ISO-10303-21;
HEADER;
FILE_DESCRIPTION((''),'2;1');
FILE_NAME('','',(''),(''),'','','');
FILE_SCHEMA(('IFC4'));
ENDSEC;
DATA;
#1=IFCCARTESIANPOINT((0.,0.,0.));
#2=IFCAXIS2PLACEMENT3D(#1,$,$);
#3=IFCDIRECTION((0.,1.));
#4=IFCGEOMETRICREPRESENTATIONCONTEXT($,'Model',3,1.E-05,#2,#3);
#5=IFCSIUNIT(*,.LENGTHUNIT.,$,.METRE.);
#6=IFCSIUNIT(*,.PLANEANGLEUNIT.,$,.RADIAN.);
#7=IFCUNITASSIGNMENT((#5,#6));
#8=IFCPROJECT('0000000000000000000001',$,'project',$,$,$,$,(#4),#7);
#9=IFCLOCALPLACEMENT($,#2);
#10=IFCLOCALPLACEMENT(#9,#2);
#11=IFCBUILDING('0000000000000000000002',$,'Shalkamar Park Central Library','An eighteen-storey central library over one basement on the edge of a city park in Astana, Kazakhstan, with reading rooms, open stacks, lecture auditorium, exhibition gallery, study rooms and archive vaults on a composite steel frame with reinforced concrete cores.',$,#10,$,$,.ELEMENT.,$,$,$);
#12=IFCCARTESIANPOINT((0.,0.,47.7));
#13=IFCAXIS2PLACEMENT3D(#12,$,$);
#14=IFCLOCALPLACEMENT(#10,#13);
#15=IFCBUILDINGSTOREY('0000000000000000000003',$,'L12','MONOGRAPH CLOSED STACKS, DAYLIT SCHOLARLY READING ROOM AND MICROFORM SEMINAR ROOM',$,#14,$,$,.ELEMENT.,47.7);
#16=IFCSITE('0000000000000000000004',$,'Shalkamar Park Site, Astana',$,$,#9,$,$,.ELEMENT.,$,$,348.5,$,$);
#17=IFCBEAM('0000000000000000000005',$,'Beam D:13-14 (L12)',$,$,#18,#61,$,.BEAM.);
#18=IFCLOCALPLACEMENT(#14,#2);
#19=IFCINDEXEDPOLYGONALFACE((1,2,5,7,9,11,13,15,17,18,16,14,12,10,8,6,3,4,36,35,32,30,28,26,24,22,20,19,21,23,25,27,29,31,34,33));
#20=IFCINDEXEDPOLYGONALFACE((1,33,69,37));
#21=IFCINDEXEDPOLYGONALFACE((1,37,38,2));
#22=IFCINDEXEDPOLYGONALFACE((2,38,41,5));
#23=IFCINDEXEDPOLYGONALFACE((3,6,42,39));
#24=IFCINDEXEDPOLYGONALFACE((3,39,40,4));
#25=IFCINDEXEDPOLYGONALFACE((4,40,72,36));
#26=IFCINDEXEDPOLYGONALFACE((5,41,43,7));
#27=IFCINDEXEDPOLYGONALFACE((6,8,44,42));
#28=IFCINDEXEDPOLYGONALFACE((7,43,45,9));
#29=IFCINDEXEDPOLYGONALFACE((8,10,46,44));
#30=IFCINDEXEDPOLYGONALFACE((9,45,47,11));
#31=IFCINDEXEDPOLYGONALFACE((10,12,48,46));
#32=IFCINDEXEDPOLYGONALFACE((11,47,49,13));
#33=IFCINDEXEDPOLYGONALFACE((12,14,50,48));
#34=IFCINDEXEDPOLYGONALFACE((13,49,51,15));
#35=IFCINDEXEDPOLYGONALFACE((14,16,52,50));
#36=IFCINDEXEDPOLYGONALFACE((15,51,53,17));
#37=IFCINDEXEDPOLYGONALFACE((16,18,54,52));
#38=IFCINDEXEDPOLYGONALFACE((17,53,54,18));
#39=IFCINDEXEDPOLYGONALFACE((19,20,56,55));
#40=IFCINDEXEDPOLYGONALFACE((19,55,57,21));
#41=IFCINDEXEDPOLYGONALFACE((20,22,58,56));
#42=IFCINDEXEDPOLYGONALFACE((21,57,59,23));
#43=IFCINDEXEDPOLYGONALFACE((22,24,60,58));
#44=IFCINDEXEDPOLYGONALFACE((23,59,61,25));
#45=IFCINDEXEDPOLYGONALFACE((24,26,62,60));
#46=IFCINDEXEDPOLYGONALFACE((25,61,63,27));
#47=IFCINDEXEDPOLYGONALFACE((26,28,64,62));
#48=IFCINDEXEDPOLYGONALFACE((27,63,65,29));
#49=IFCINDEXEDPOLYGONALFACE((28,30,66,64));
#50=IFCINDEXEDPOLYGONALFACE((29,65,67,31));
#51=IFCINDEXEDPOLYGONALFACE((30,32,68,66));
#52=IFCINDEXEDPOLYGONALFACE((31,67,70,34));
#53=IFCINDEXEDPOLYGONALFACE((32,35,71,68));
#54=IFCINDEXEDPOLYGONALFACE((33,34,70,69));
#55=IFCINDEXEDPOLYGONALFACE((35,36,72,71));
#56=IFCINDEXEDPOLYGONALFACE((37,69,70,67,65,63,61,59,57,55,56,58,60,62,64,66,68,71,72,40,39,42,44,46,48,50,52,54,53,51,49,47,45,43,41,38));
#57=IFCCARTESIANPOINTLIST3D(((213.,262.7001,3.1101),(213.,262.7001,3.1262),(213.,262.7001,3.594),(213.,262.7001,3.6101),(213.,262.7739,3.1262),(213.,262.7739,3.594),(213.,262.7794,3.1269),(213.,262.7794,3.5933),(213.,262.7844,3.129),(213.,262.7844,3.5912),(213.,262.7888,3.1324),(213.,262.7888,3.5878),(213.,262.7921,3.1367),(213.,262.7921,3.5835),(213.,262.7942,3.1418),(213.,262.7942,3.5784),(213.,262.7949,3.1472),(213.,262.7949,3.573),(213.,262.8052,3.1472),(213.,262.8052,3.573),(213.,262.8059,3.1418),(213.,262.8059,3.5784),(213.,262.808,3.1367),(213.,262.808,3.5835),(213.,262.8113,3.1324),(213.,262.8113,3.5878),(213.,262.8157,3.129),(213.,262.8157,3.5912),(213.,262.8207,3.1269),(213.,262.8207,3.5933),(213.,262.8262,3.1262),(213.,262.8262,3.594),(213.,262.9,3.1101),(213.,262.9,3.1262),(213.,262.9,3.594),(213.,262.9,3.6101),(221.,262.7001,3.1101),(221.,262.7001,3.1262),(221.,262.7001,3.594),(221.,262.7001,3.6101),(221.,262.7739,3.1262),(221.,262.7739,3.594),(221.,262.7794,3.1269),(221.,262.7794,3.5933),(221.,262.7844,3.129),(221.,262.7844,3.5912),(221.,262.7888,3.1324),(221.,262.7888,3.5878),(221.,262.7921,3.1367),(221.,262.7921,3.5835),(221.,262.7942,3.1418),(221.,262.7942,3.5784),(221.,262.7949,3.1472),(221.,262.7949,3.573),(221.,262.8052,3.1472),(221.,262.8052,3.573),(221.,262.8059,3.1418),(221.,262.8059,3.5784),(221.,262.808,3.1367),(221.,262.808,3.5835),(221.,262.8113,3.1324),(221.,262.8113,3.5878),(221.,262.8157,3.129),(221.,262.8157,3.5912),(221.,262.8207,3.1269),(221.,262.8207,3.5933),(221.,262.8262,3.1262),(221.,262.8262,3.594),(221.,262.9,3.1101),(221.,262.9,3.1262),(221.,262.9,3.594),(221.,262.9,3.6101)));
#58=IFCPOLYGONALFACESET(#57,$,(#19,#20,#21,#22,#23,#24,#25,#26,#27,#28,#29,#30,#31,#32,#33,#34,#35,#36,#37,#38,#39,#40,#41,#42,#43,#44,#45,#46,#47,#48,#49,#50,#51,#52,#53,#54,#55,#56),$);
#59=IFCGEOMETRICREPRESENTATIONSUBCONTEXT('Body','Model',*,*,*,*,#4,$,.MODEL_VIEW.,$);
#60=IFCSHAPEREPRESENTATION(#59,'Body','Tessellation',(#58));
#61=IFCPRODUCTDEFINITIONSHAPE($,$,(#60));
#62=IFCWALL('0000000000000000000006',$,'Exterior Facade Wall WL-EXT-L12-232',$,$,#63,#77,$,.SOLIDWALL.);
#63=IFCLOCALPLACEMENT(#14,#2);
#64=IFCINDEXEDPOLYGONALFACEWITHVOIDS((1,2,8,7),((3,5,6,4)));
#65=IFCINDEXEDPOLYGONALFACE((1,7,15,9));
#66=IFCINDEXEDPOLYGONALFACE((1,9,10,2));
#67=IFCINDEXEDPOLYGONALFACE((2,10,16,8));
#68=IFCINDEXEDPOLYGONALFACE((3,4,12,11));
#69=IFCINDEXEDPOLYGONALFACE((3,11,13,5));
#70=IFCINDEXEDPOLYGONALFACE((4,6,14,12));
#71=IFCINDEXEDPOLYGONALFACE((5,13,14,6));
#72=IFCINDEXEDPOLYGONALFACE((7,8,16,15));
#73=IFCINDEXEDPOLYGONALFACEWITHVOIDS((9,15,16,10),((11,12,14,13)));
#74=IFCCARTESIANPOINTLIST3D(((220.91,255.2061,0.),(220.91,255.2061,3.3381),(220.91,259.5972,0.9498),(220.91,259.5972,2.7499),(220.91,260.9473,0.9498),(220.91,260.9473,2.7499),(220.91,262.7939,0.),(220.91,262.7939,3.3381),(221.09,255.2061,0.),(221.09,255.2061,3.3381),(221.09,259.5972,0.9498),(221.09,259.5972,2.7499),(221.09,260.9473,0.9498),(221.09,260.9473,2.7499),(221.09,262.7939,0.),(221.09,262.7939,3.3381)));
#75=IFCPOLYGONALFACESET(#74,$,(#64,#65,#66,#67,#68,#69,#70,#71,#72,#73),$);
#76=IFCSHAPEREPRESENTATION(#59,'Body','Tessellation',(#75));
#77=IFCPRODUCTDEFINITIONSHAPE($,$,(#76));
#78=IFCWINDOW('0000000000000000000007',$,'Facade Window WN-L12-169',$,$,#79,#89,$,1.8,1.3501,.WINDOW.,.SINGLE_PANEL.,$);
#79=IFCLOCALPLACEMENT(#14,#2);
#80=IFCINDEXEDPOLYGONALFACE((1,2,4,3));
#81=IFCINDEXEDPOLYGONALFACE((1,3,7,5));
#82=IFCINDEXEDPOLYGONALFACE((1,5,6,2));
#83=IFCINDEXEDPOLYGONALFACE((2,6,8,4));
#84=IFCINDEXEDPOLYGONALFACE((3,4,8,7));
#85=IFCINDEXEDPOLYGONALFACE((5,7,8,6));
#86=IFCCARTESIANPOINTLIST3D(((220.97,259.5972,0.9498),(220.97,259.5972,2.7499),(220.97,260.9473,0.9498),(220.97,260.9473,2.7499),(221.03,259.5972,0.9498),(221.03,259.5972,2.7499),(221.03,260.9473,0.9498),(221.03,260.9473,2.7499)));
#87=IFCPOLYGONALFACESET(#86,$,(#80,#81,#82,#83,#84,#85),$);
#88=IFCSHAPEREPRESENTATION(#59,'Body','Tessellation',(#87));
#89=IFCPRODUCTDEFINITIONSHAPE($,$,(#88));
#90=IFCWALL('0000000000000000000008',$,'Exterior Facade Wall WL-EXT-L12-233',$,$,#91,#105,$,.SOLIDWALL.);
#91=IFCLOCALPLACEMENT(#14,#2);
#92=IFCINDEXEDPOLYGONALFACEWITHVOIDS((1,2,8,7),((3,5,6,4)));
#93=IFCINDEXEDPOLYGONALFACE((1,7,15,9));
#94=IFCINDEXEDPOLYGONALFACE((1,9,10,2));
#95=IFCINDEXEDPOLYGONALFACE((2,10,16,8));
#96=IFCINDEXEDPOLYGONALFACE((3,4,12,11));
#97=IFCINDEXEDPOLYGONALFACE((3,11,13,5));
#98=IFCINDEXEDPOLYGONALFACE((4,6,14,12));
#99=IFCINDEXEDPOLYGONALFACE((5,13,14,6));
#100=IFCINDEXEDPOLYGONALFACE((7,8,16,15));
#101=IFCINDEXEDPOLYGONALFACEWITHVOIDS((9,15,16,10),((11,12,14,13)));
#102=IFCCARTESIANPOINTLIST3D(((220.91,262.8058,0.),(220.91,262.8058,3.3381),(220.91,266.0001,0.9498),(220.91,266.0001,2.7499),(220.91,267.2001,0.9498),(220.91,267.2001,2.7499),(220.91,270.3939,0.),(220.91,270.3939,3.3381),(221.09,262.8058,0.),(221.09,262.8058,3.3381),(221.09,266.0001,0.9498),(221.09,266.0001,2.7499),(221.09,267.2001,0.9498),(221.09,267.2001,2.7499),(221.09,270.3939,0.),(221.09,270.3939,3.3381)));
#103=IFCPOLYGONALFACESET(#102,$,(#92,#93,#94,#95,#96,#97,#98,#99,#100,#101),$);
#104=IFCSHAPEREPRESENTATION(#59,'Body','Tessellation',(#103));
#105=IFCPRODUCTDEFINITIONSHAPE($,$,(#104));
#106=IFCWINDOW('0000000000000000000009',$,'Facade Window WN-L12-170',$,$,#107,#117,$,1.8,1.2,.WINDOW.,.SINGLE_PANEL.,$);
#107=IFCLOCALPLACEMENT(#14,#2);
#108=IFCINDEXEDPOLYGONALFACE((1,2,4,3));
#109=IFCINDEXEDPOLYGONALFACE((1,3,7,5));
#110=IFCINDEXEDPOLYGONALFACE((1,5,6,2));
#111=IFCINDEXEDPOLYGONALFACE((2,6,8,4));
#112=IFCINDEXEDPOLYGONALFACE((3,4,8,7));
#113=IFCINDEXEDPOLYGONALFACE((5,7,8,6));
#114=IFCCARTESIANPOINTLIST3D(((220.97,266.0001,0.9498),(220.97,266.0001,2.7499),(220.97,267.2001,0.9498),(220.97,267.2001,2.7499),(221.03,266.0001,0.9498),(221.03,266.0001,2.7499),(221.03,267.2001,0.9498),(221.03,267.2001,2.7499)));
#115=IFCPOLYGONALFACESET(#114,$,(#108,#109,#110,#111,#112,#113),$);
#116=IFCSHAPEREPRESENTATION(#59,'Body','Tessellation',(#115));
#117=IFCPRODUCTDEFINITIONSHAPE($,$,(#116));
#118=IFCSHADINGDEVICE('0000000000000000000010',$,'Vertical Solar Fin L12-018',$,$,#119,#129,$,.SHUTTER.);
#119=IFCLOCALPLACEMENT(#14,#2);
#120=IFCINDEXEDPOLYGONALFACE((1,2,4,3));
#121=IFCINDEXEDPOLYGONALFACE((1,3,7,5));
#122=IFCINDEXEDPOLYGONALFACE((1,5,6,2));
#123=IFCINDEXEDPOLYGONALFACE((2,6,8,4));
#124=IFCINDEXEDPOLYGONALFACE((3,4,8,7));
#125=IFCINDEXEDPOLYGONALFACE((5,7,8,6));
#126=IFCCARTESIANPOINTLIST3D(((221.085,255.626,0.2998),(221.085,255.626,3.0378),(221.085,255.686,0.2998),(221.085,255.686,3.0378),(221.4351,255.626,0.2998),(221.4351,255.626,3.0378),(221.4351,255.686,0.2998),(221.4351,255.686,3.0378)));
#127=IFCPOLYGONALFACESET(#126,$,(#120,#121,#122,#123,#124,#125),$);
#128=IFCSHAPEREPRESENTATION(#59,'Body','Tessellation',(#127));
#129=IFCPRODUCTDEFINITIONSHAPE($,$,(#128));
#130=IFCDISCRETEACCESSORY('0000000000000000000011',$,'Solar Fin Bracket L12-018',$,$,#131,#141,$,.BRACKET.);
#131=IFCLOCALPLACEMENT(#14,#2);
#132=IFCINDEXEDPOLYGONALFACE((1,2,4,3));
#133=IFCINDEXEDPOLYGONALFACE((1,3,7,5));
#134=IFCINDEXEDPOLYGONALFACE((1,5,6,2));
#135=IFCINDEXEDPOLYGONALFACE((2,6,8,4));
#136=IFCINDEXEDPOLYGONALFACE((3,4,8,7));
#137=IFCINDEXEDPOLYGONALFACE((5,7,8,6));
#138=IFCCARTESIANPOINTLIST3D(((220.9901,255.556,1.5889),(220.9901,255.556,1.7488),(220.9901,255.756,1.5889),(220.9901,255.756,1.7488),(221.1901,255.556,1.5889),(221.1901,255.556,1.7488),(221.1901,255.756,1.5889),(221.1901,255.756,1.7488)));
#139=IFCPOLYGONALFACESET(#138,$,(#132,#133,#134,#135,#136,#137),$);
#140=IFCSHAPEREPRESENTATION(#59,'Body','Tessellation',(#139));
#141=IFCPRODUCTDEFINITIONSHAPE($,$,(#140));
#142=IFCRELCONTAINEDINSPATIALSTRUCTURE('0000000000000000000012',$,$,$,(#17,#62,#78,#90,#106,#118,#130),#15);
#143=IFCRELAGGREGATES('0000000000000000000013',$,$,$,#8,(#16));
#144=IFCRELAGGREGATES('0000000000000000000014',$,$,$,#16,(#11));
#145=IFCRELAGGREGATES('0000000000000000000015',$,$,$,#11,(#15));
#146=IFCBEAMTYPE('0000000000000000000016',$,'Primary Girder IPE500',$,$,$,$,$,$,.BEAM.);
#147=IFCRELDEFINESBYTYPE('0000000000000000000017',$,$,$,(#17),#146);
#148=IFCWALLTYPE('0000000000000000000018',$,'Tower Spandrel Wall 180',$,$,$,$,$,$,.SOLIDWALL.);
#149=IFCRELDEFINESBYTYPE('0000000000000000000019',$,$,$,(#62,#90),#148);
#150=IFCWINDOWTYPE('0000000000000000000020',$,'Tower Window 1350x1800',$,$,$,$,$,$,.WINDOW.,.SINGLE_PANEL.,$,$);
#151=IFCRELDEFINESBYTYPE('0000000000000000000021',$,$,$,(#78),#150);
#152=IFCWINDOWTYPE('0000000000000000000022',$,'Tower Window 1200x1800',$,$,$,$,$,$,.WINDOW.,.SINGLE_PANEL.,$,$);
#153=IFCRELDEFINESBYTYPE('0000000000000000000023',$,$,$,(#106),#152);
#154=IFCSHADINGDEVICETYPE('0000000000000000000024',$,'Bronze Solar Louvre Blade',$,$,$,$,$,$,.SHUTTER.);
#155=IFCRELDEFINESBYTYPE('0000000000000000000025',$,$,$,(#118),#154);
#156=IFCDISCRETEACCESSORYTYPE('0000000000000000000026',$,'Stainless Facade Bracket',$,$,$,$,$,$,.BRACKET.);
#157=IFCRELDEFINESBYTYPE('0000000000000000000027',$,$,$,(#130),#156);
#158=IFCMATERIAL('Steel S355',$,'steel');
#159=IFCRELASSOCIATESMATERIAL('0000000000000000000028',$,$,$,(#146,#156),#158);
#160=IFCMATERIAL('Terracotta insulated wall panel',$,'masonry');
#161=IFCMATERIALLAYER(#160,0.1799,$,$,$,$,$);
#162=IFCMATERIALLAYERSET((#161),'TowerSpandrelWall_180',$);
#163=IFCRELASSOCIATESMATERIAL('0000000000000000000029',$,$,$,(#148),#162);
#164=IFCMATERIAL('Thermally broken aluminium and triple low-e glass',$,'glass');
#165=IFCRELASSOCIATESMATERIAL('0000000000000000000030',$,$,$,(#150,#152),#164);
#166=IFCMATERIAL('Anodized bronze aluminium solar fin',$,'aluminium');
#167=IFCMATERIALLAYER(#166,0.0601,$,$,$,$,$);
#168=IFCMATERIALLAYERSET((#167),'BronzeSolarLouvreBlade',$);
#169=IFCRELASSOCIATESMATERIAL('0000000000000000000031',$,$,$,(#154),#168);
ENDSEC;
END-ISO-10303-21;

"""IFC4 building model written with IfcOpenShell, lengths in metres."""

from ifc_helpers import new_model, si_unit, direction, frame, frame_2d, origin, origin_2d, place, context, subcontext, project, spatial, rectangle, i_section, extrude, material, layer, layer_set, material_profile, profile_set, type_object, element, fill, save


model = new_model("IFC4")

# Units and contexts
model_context = context("Model", 3, precision=1e-05, world=origin(), true_north=direction((0.0, 1.0)))
body_context = subcontext(model_context, "Body", "Model", "MODEL_VIEW")
ifc_project = project(units=[si_unit("LENGTHUNIT", "METRE"), si_unit("PLANEANGLEUNIT", "RADIAN")], contexts=[model_context])

# Site, building, storey
site_placement = place(None, origin())
site = spatial("IfcSite", under=ifc_project, at=site_placement, Name="Shalkamar Park Site, Astana", CompositionType="ELEMENT", RefElevation=348.5)
building_placement = place(site_placement, origin())
building = spatial("IfcBuilding", under=site, at=building_placement, Name="Shalkamar Park Central Library", Description="An eighteen-storey central library over one basement on the edge of a city park in Astana, Kazakhstan, with reading rooms, open stacks, lecture auditorium, exhibition gallery, study rooms and archive vaults on a composite steel frame with reinforced concrete cores.", CompositionType="ELEMENT")
storey_placement = place(building_placement, frame((0.0, 0.0, 47.7)))
storey = spatial("IfcBuildingStorey", under=building, at=storey_placement, Name="L12", Description="MONOGRAPH CLOSED STACKS, DAYLIT SCHOLARLY READING ROOM AND MICROFORM SEMINAR ROOM", CompositionType="ELEMENT", Elevation=47.7)

# Shared definitions
ifc_material_1 = material(Name="Steel S355", Category="steel")

# Beam
ifc_material_profile_1 = material_profile(ifc_material_1, i_section(OverallWidth=0.2, OverallDepth=0.5, WebThickness=0.0103, FlangeThickness=0.0161, FilletRadius=0.021, at=origin_2d()), Name="IPE 500")
ifc_profile_set_1 = profile_set([ifc_material_profile_1], Name="Steel S355")
beam_type_1 = type_object("IfcBeamType", Name="Primary Girder IPE500", PredefinedType="BEAM", material=ifc_profile_set_1)
for number, where, z_axis, x_axis, name in (
    (1, (213.0, 262.8, 3.3601), (1.0, 0.0, 0.0), (0.0, 1.0, 0.0), "Beam D:13-14 (L12)"),
):
    element("IfcBeam", number, at=place(storey_placement, frame(where, z_axis=z_axis, x_axis=x_axis)), inside=storey, type_object=beam_type_1, Name=name, PredefinedType="BEAM", context=body_context, shape_type="SweptSolid", body=[
        extrude(i_section(OverallWidth=0.2, OverallDepth=0.5, WebThickness=0.0103, FlangeThickness=0.0161, FilletRadius=0.021, at=origin_2d()), origin(), (0.0, 0.0, 1.0), 8.0),
    ])

# Walls, openings, windows
ifc_material_2 = material(Name="Terracotta insulated wall panel", Category="masonry")
ifc_layer_1 = layer(ifc_material_2, 0.1799)
ifc_layer_set_1 = layer_set([ifc_layer_1], Name="TowerSpandrelWall_180")
wall_type = type_object("IfcWallType", Name="Tower Spandrel Wall 180", PredefinedType="SOLIDWALL", material=ifc_layer_set_1)
wall_1_placement = place(storey_placement, frame((221.0, 255.2061, 0.0), z_axis=(0.0, 0.0, 1.0), x_axis=(0.0, 1.0, 0.0)))
wall_1 = element("IfcWall", 2, at=wall_1_placement, inside=storey, type_object=wall_type, Name="Exterior Facade Wall WL-EXT-L12-232", PredefinedType="SOLIDWALL", context=body_context, shape_type="SweptSolid", body=[
    extrude(rectangle(XDim=7.5879, YDim=0.1799, at=frame_2d((3.7939, 0.0))), origin(), (0.0, 0.0, 1.0), 3.3381),
])
opening_1_placement = place(wall_1_placement, frame((4.3911, 0.0, 0.95)))
opening_1 = element("IfcOpeningElement", 3, at=opening_1_placement, cuts=wall_1, PredefinedType="OPENING", context=body_context, shape_type="SweptSolid", body=[
    extrude(rectangle(XDim=1.3501, YDim=1.8, at=frame_2d((0.675, 0.8999))), frame((0.0, 0.105, 0.0), z_axis=(0.0, -1.0, 0.0), x_axis=(1.0, 0.0, 0.0)), (0.0, 0.0, 1.0), 0.2097),
])
ifc_material_3 = material(Name="Thermally broken aluminium and triple low-e glass", Category="glass")
window_type_1 = type_object("IfcWindowType", Name="Tower Window 1350x1800", PartitioningType="SINGLE_PANEL", PredefinedType="WINDOW", material=ifc_material_3)
window_1_placement = place(opening_1_placement, origin())
window_1 = element("IfcWindow", 4, at=window_1_placement, inside=storey, type_object=window_type_1, Name="Facade Window WN-L12-169", OverallHeight=1.8, OverallWidth=1.3501, PartitioningType="SINGLE_PANEL", PredefinedType="WINDOW", context=body_context, shape_type="SweptSolid", body=[
    extrude(rectangle(XDim=1.3501, YDim=1.8, at=frame_2d((0.675, 0.8999))), frame((0.0, 0.03, 0.0), z_axis=(0.0, -1.0, 0.0), x_axis=(1.0, 0.0, 0.0)), (0.0, 0.0, 1.0), 0.0601),
])
fill(opening_1, window_1)
wall_2_placement = place(storey_placement, frame((221.0, 262.8059, 0.0), z_axis=(0.0, 0.0, 1.0), x_axis=(0.0, 1.0, 0.0)))
wall_2 = element("IfcWall", 5, at=wall_2_placement, inside=storey, type_object=wall_type, Name="Exterior Facade Wall WL-EXT-L12-233", PredefinedType="SOLIDWALL", context=body_context, shape_type="SweptSolid", body=[
    extrude(rectangle(XDim=7.5881, YDim=0.1799, at=frame_2d((3.7939, 0.0))), origin(), (0.0, 0.0, 1.0), 3.3381),
])
opening_2_placement = place(wall_2_placement, frame((3.1941, 0.0, 0.95)))
opening_2 = element("IfcOpeningElement", 6, at=opening_2_placement, cuts=wall_2, PredefinedType="OPENING", context=body_context, shape_type="SweptSolid", body=[
    extrude(rectangle(XDim=1.2, YDim=1.8, at=frame_2d((0.6001, 0.8999))), frame((0.0, 0.105, 0.0), z_axis=(0.0, -1.0, 0.0), x_axis=(1.0, 0.0, 0.0)), (0.0, 0.0, 1.0), 0.2097),
])
window_type_2 = type_object("IfcWindowType", Name="Tower Window 1200x1800", PartitioningType="SINGLE_PANEL", PredefinedType="WINDOW", material=ifc_material_3)
window_2_placement = place(opening_2_placement, origin())
window_2 = element("IfcWindow", 7, at=window_2_placement, inside=storey, type_object=window_type_2, Name="Facade Window WN-L12-170", OverallHeight=1.8, OverallWidth=1.2, PartitioningType="SINGLE_PANEL", PredefinedType="WINDOW", context=body_context, shape_type="SweptSolid", body=[
    extrude(rectangle(XDim=1.2, YDim=1.8, at=frame_2d((0.6001, 0.8999))), frame((0.0, 0.03, 0.0), z_axis=(0.0, -1.0, 0.0), x_axis=(1.0, 0.0, 0.0)), (0.0, 0.0, 1.0), 0.0601),
])
fill(opening_2, window_2)

# Shading device
ifc_material_4 = material(Name="Anodized bronze aluminium solar fin", Category="aluminium")
ifc_layer_2 = layer(ifc_material_4, 0.0601)
ifc_layer_set_2 = layer_set([ifc_layer_2], Name="BronzeSolarLouvreBlade")
shading_device_type = type_object("IfcShadingDeviceType", Name="Bronze Solar Louvre Blade", PredefinedType="SHUTTER", material=ifc_layer_set_2)
shading_device_placement = place(storey_placement, frame((221.26, 255.656, 0.2998), z_axis=(0.0, 0.0, 1.0), x_axis=(1.0, 0.0, 0.0)))
element("IfcShadingDevice", 8, at=shading_device_placement, inside=storey, type_object=shading_device_type, Name="Vertical Solar Fin L12-018", PredefinedType="SHUTTER", context=body_context, shape_type="SweptSolid", body=[
    extrude(rectangle(XDim=0.3501, YDim=0.0601, at=origin_2d()), origin(), (0.0, 0.0, 1.0), 2.738),
])

# Discrete accessory
discrete_accessory_type = type_object("IfcDiscreteAccessoryType", Name="Stainless Facade Bracket", PredefinedType="BRACKET", material=ifc_material_1)
discrete_accessory_placement = place(storey_placement, frame((221.0901, 255.656, 1.5889), z_axis=(0.0, 0.0, 1.0), x_axis=(1.0, 0.0, 0.0)))
element("IfcDiscreteAccessory", 9, at=discrete_accessory_placement, inside=storey, type_object=discrete_accessory_type, Name="Solar Fin Bracket L12-018", PredefinedType="BRACKET", context=body_context, shape_type="SweptSolid", body=[
    extrude(rectangle(XDim=0.2, YDim=0.2, at=origin_2d()), origin(), (0.0, 0.0, 1.0), 0.1599),
])

save(model, "model.ifc")
